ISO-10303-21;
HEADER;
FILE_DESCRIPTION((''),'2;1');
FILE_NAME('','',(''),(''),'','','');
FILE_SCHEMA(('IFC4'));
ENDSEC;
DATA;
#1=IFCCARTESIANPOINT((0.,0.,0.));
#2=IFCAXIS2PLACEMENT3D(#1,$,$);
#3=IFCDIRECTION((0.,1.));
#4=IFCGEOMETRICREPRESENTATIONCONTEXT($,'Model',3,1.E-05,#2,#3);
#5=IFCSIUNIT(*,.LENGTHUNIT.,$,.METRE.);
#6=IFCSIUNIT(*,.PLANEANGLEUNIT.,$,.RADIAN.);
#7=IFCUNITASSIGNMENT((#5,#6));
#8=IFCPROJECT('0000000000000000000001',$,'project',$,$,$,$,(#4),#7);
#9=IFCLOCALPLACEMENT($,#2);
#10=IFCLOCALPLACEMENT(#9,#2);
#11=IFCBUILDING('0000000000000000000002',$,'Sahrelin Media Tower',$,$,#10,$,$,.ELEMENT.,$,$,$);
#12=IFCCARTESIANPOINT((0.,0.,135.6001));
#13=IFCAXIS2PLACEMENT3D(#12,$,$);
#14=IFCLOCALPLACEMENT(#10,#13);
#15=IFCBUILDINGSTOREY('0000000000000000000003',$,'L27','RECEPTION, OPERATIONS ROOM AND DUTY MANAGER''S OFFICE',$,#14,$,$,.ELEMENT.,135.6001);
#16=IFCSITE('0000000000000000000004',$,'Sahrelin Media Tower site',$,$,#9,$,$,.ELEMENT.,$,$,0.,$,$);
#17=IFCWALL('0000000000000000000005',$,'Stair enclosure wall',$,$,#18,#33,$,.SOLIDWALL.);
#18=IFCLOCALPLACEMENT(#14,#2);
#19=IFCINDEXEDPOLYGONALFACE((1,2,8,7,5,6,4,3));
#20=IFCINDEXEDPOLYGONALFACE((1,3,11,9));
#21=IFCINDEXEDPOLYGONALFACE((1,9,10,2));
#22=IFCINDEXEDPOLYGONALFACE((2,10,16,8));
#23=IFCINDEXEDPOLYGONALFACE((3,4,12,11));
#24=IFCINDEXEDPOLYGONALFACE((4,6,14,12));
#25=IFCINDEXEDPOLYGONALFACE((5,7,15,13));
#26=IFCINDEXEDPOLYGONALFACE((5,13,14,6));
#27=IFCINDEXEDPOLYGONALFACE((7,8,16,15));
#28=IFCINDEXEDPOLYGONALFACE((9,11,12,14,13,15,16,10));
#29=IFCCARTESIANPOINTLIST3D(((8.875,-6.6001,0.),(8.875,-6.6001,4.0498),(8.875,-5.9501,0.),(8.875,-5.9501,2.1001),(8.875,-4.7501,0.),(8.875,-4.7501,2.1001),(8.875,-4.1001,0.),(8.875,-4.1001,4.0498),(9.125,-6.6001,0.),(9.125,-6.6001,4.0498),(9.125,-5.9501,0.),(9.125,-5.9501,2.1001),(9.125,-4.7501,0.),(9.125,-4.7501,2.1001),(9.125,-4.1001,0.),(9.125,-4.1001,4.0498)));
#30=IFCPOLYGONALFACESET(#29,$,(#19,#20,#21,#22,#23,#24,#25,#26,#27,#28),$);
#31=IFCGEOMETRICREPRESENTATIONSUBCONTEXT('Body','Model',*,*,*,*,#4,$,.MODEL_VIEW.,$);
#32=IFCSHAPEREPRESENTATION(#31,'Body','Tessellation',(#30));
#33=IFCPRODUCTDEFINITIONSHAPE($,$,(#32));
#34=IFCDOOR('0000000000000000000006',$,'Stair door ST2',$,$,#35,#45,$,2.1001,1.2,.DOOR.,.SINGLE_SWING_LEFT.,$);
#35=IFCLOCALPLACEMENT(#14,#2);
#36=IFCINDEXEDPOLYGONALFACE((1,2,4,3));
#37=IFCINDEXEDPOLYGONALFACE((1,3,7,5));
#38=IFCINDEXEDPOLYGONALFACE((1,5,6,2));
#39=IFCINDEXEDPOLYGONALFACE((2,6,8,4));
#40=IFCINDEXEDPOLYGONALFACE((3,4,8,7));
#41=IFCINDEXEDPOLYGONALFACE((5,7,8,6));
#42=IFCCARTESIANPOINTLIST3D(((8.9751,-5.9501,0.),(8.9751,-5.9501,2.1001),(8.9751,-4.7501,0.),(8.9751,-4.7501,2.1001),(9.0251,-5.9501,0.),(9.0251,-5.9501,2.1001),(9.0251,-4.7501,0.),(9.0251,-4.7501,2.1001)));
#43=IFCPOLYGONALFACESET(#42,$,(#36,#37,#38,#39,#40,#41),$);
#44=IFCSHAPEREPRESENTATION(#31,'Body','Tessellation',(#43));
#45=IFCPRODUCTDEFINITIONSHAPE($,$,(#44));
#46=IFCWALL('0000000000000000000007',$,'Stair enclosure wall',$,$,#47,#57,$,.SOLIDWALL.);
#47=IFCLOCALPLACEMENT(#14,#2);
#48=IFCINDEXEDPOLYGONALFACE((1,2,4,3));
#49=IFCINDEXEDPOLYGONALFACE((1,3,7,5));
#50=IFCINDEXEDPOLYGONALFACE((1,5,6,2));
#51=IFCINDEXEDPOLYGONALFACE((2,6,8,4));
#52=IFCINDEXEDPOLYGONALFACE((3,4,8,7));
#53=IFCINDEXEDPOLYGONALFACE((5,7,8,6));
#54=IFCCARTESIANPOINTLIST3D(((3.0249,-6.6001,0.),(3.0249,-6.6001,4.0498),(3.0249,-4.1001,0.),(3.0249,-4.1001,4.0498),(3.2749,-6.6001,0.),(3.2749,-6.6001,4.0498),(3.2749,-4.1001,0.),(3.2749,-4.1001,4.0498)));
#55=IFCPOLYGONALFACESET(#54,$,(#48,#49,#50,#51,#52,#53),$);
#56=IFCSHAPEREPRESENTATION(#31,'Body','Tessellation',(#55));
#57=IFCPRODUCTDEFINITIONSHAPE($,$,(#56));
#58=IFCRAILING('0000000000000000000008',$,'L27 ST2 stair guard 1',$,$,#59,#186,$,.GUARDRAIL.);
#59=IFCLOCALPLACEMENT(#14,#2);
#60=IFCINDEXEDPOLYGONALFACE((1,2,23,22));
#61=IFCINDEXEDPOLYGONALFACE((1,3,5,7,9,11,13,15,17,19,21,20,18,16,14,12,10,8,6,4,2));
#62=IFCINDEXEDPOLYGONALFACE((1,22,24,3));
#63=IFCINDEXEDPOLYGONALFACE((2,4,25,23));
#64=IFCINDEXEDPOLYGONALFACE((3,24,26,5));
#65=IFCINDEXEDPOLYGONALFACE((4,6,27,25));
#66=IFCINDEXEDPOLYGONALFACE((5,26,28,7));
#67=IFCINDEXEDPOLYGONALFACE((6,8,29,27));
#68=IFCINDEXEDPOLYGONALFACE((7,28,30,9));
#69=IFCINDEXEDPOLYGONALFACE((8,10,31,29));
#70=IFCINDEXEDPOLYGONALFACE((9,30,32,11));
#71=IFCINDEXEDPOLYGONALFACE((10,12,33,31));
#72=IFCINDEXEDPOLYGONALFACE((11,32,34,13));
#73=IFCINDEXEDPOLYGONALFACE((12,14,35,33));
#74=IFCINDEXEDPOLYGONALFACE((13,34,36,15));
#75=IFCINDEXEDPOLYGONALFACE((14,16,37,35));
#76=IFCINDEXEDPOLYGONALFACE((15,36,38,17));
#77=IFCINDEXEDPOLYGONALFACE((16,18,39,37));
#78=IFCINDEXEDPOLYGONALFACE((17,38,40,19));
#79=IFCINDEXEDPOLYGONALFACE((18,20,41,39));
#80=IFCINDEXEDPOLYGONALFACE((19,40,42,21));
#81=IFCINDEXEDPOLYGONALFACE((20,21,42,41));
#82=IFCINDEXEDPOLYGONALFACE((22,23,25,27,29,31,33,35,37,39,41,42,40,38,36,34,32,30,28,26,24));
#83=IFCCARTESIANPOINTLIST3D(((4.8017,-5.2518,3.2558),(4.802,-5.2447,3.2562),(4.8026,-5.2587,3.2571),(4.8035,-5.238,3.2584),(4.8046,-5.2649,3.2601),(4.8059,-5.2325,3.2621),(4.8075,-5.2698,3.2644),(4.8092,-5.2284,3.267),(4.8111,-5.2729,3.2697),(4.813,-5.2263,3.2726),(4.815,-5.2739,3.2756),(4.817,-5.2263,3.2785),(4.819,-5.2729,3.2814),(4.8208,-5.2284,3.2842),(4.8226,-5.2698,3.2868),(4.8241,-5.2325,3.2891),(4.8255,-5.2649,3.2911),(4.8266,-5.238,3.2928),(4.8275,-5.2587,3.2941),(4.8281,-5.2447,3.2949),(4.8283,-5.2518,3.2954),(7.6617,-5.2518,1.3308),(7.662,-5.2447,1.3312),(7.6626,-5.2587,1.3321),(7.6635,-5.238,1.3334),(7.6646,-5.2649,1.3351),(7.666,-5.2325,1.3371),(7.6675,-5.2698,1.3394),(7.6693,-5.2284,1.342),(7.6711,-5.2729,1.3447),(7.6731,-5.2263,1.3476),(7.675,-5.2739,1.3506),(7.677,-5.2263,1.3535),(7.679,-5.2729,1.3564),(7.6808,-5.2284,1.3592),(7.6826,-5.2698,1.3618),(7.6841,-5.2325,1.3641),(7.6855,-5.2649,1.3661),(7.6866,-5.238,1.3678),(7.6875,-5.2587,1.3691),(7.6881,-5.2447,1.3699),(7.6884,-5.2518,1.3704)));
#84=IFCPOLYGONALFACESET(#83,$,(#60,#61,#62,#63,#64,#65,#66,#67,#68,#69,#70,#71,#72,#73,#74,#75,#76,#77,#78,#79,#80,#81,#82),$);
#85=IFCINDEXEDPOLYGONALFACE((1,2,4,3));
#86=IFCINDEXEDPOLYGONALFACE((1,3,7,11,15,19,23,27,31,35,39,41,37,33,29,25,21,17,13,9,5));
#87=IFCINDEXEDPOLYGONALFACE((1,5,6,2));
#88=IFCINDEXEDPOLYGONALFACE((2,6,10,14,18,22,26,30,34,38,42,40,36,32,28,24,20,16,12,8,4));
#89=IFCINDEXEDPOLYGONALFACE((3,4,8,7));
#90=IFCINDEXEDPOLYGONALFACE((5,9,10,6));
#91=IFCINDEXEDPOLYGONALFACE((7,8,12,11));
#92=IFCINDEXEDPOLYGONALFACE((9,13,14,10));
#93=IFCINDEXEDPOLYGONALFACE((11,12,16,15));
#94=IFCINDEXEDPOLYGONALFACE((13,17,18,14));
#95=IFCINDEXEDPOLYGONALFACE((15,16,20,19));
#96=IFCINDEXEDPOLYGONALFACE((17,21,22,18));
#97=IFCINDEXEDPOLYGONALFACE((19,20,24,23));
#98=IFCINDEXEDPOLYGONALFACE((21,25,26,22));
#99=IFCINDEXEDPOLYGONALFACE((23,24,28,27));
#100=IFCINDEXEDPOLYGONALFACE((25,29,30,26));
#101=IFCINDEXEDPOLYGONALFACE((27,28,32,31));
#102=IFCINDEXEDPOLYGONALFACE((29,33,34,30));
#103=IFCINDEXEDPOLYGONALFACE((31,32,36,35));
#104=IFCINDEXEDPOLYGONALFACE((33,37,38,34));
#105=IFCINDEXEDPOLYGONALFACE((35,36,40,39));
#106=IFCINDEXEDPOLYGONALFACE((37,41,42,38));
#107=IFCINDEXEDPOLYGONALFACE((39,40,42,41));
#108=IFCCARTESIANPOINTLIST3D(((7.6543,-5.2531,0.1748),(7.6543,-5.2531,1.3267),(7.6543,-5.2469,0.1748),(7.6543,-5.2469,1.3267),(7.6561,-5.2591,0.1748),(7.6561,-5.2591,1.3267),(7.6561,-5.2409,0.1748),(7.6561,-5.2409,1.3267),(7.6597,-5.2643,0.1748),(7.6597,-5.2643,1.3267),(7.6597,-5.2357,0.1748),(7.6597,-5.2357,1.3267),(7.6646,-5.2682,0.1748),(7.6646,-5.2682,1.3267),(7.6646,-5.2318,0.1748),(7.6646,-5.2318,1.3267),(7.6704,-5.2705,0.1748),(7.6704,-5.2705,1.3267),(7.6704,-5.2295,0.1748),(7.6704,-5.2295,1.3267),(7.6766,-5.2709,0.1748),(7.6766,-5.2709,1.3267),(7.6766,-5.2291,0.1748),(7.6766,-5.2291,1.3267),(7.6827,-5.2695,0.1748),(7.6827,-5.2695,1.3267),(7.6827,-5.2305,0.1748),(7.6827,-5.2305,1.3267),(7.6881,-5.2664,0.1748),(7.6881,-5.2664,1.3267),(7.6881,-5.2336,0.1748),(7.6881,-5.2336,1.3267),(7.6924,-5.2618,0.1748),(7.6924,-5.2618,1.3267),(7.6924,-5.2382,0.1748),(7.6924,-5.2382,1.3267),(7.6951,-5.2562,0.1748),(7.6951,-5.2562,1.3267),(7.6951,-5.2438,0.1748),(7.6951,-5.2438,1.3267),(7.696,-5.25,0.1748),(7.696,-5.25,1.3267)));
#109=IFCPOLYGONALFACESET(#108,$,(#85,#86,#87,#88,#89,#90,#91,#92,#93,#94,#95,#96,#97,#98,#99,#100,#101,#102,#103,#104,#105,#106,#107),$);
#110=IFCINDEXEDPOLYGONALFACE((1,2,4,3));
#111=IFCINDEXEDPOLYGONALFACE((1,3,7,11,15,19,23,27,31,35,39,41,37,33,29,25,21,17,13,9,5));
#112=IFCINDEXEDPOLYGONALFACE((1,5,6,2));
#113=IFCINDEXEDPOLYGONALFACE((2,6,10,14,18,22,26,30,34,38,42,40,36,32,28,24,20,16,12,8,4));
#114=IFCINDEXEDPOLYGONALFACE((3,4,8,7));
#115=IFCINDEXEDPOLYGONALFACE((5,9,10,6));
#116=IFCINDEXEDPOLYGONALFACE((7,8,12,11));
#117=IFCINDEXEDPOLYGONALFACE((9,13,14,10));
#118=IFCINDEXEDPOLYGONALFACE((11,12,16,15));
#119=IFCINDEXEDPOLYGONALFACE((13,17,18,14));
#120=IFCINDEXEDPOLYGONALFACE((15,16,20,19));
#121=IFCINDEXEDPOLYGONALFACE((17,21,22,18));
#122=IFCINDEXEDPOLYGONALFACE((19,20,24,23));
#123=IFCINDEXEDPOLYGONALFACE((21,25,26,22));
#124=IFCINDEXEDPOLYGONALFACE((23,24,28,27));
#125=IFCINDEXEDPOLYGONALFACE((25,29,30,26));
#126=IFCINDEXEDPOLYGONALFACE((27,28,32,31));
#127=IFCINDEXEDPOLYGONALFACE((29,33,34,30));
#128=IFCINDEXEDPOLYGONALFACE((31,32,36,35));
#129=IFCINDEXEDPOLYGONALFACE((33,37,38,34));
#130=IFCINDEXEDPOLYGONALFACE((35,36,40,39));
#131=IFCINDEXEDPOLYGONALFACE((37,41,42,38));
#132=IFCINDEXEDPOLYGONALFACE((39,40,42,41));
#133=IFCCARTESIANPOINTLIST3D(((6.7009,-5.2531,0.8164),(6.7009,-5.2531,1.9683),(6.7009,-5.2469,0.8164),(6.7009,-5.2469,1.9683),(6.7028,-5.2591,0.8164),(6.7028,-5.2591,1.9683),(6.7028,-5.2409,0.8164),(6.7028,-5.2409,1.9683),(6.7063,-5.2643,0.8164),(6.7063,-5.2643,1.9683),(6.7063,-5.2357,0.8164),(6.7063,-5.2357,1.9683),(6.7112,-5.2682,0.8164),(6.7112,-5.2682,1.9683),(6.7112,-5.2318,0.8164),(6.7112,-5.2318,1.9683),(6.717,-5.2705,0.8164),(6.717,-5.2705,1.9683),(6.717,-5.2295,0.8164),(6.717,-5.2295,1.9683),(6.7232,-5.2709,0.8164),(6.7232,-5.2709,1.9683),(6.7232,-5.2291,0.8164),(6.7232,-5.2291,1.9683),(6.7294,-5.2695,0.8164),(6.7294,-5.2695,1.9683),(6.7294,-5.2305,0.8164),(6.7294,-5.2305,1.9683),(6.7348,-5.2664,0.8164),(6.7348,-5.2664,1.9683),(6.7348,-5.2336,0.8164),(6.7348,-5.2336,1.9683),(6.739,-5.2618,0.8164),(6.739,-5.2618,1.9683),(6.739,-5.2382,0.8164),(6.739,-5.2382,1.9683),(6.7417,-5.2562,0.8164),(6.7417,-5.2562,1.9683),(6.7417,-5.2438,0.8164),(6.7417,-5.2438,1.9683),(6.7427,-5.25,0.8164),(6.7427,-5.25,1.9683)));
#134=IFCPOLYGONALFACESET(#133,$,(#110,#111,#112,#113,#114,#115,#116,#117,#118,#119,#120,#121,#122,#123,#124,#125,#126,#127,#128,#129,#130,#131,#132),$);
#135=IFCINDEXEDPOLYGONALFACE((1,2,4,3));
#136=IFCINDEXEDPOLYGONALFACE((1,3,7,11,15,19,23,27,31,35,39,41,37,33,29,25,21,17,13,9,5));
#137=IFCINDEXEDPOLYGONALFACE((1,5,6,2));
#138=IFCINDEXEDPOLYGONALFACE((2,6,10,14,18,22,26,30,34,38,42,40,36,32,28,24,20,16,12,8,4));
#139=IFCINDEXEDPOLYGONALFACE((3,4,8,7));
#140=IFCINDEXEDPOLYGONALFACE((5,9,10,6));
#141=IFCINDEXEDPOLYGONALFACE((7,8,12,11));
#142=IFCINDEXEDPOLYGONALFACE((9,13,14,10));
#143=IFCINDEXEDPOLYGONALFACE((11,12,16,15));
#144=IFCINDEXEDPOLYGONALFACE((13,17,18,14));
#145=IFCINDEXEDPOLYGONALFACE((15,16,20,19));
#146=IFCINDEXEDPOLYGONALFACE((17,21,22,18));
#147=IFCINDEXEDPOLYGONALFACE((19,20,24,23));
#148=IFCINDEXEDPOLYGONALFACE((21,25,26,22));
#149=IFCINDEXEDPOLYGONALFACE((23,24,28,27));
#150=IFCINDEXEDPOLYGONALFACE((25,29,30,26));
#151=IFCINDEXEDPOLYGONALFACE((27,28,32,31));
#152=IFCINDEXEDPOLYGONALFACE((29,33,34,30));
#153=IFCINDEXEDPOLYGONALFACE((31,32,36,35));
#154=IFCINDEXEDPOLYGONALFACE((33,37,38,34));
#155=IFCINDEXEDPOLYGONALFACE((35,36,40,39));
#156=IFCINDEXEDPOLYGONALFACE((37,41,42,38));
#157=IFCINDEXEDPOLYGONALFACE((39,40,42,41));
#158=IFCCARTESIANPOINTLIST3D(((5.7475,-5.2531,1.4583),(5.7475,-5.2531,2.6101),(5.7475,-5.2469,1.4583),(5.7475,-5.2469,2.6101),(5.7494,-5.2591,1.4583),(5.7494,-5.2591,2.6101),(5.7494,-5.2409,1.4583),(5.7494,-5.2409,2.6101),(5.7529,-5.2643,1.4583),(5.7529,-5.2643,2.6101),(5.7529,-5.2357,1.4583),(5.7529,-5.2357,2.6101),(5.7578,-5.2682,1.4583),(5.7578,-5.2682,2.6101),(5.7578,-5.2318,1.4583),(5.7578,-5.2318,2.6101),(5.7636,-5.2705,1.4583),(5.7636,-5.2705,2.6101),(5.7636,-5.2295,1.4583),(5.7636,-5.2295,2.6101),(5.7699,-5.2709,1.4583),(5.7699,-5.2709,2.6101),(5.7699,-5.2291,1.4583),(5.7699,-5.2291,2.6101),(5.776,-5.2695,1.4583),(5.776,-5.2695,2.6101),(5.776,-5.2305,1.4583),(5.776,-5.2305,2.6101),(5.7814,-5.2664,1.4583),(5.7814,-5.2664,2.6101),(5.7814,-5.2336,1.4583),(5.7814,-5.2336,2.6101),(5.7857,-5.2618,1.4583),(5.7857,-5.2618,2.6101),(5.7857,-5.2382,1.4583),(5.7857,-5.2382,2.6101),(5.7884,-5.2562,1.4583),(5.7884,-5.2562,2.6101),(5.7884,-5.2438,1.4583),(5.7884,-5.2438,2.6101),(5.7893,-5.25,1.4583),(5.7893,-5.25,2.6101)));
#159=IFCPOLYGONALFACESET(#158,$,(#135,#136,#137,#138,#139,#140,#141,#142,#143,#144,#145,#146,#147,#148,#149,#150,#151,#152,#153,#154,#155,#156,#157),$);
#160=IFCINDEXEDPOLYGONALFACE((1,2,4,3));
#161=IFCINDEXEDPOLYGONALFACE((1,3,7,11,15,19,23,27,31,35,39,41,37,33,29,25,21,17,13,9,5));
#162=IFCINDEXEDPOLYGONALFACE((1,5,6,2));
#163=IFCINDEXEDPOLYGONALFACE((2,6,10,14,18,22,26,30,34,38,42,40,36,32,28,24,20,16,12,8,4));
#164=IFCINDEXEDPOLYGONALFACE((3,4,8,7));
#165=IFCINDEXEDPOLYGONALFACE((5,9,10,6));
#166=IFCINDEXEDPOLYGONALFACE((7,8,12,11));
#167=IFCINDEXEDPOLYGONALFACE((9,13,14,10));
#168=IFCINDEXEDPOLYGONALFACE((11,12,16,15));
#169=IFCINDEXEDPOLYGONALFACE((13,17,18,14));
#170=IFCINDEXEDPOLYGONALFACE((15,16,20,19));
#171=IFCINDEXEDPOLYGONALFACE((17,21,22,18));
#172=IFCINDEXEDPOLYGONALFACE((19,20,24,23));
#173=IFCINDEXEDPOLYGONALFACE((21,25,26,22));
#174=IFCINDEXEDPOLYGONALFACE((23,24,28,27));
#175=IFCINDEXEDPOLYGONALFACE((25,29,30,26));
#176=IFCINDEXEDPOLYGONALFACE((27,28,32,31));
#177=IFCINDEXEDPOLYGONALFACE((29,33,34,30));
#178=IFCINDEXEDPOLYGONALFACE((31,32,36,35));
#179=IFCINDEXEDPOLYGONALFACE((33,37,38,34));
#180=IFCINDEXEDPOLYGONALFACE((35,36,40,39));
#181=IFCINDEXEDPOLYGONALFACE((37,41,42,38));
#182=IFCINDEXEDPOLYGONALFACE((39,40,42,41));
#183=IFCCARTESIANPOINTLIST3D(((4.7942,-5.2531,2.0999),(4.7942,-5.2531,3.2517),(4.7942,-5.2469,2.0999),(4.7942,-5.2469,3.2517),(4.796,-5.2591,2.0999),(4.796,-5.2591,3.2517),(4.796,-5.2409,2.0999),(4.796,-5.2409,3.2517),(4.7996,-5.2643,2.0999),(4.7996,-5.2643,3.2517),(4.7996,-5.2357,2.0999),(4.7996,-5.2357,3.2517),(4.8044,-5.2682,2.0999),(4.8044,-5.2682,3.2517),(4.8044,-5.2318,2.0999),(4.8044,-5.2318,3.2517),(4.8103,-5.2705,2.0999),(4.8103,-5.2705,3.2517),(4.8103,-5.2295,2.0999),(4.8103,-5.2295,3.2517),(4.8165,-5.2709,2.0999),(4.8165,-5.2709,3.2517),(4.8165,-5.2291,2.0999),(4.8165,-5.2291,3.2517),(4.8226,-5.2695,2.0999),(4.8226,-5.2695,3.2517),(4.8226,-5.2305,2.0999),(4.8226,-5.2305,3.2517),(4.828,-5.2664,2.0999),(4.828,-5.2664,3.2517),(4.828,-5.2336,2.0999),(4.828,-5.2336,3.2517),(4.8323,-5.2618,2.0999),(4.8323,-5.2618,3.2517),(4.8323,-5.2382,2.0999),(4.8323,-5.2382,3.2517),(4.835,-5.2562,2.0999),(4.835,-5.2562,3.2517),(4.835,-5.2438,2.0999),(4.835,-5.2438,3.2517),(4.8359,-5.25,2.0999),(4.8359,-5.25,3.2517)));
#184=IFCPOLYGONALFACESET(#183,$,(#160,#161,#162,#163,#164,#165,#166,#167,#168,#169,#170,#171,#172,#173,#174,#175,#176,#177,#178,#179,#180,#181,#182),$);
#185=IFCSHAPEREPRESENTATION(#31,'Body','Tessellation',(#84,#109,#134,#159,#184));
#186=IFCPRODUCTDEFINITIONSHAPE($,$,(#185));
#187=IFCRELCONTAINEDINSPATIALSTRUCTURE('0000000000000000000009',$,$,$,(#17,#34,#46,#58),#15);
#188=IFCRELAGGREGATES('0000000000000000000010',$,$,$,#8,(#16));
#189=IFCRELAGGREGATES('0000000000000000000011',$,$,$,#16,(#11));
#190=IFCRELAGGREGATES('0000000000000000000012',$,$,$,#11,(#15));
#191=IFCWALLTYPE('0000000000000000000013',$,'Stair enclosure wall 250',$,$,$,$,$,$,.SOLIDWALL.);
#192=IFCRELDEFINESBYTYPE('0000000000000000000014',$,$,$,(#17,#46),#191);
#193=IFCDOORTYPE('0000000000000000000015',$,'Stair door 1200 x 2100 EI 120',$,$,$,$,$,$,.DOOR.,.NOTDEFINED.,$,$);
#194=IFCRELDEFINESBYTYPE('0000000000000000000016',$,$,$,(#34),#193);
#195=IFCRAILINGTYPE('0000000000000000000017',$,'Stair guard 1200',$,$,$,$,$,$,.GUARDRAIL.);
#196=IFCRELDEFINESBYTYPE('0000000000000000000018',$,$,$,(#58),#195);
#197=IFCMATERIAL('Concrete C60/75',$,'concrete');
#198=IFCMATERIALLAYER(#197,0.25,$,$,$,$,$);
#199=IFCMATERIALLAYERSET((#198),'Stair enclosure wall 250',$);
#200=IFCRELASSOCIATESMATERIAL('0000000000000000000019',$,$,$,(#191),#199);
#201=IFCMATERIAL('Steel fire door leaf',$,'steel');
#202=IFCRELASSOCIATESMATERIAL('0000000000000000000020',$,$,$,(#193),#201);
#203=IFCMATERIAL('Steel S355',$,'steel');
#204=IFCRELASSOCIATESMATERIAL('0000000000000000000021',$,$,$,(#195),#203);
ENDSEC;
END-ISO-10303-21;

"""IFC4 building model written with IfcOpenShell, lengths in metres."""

from ifc_helpers import new_model, si_unit, direction, frame, frame_2d, origin, origin_2d, place, context, subcontext, project, spatial, rectangle, circle, extrude, material, layer, layer_set, type_object, element, fill, save


model = new_model("IFC4")

# Units and contexts
model_context = context("Model", 3, precision=1e-05, world=origin(), true_north=direction((0.0, 1.0)))
body_context = subcontext(model_context, "Body", "Model", "MODEL_VIEW")
ifc_project = project(units=[si_unit("LENGTHUNIT", "METRE"), si_unit("PLANEANGLEUNIT", "RADIAN")], contexts=[model_context])

# Site, building, storey
site_placement = place(None, origin())
site = spatial("IfcSite", under=ifc_project, at=site_placement, Name="Sahrelin Media Tower site", CompositionType="ELEMENT", RefElevation=0.0)
building_placement = place(site_placement, origin())
building = spatial("IfcBuilding", under=site, at=building_placement, Name="Sahrelin Media Tower", CompositionType="ELEMENT")
storey_placement = place(building_placement, frame((0.0, 0.0, 135.6001)))
storey = spatial("IfcBuildingStorey", under=building, at=storey_placement, Name="L27", Description="RECEPTION, OPERATIONS ROOM AND DUTY MANAGER'S OFFICE", CompositionType="ELEMENT", Elevation=135.6001)

# Shared definitions
ifc_material_1 = material(Name="Steel S355", Category="steel")

# Shared definitions
ifc_material_2 = material(Name="Concrete C60/75", Category="concrete")

# Wall, opening, door
ifc_layer_1 = layer(ifc_material_2, 0.25)
ifc_layer_set_1 = layer_set([ifc_layer_1], Name="Stair enclosure wall 250")
wall_type_1 = type_object("IfcWallType", Name="Stair enclosure wall 250", PredefinedType="SOLIDWALL", material=ifc_layer_set_1)
wall_1_placement = place(storey_placement, frame((9.0, -6.6001, 0.0), z_axis=(0.0, 0.0, 1.0), x_axis=(0.0, 1.0, 0.0)))
wall_1 = element("IfcWall", 1, at=wall_1_placement, inside=storey, type_object=wall_type_1, Name="Stair enclosure wall", PredefinedType="SOLIDWALL", context=body_context, shape_type="SweptSolid", body=[
    extrude(rectangle(XDim=2.5, YDim=0.25, at=frame_2d((1.25, 0.0))), origin(), (0.0, 0.0, 1.0), 4.0498),
])
opening_placement = place(wall_1_placement, frame((0.6499, 0.0, 0.0)))
opening = element("IfcOpeningElement", 2, at=opening_placement, cuts=wall_1, PredefinedType="OPENING", context=body_context, shape_type="SweptSolid", body=[
    extrude(rectangle(XDim=1.2, YDim=2.1001, at=frame_2d((0.6001, 1.05))), frame((0.0, 0.125, 0.0), z_axis=(0.0, -1.0, 0.0), x_axis=(1.0, 0.0, 0.0)), (0.0, 0.0, 1.0), 0.25),
])
ifc_material_3 = material(Name="Steel fire door leaf", Category="steel")
door_type = type_object("IfcDoorType", Name="Stair door 1200 x 2100 EI 120", OperationType="NOTDEFINED", PredefinedType="DOOR", material=ifc_material_3)
door_placement = place(opening_placement, origin())
door = element("IfcDoor", 3, at=door_placement, inside=storey, type_object=door_type, Name="Stair door ST2", OperationType="SINGLE_SWING_LEFT", OverallHeight=2.1001, OverallWidth=1.2, PredefinedType="DOOR", context=body_context, shape_type="SweptSolid", body=[
    extrude(rectangle(XDim=1.2, YDim=2.1001, at=frame_2d((0.6001, 1.05))), frame((0.0, 0.0249, 0.0), z_axis=(0.0, -1.0, 0.0), x_axis=(1.0, 0.0, 0.0)), (0.0, 0.0, 1.0), 0.05),
])
fill(opening, door)

# Wall
wall_2_placement = place(storey_placement, frame((3.1499, -6.6001, 0.0), z_axis=(0.0, 0.0, 1.0), x_axis=(0.0, 1.0, 0.0)))
element("IfcWall", 4, at=wall_2_placement, inside=storey, type_object=wall_type_1, Name="Stair enclosure wall", PredefinedType="SOLIDWALL", context=body_context, shape_type="SweptSolid", body=[
    extrude(rectangle(XDim=2.5, YDim=0.25, at=frame_2d((1.25, 0.0))), origin(), (0.0, 0.0, 1.0), 4.0498),
])

# Railing
railing_type_1 = type_object("IfcRailingType", Name="Stair guard 1200", PredefinedType="GUARDRAIL", material=ifc_material_1)
railing_1_placement = place(storey_placement, frame((7.675, -5.25, 0.1748)))
element("IfcRailing", 5, at=railing_1_placement, inside=storey, type_object=railing_type_1, Name="L27 ST2 stair guard 1", PredefinedType="GUARDRAIL", context=body_context, shape_type="SweptSolid", body=[
    extrude(circle(Radius=0.0239, at=origin_2d()), frame((0.0, 0.0, 1.1758), z_axis=(-0.829591, 0.0, 0.558372), x_axis=(0.0, -1.0, 0.0)), (0.0, 0.0, 1.0), 3.4475),
    extrude(circle(Radius=0.021, at=origin_2d()), origin(), (0.0, 0.0, 1.0), 1.1519),
    extrude(circle(Radius=0.021, at=origin_2d()), frame((-0.9534, 0.0, 0.6416)), (0.0, 0.0, 1.0), 1.1519),
    extrude(circle(Radius=0.021, at=origin_2d()), frame((-1.9067, 0.0, 1.2834)), (0.0, 0.0, 1.0), 1.1519),
    extrude(circle(Radius=0.021, at=origin_2d()), frame((-2.8601, 0.0, 1.925)), (0.0, 0.0, 1.0), 1.1519),
])

save(model, "model.ifc")
